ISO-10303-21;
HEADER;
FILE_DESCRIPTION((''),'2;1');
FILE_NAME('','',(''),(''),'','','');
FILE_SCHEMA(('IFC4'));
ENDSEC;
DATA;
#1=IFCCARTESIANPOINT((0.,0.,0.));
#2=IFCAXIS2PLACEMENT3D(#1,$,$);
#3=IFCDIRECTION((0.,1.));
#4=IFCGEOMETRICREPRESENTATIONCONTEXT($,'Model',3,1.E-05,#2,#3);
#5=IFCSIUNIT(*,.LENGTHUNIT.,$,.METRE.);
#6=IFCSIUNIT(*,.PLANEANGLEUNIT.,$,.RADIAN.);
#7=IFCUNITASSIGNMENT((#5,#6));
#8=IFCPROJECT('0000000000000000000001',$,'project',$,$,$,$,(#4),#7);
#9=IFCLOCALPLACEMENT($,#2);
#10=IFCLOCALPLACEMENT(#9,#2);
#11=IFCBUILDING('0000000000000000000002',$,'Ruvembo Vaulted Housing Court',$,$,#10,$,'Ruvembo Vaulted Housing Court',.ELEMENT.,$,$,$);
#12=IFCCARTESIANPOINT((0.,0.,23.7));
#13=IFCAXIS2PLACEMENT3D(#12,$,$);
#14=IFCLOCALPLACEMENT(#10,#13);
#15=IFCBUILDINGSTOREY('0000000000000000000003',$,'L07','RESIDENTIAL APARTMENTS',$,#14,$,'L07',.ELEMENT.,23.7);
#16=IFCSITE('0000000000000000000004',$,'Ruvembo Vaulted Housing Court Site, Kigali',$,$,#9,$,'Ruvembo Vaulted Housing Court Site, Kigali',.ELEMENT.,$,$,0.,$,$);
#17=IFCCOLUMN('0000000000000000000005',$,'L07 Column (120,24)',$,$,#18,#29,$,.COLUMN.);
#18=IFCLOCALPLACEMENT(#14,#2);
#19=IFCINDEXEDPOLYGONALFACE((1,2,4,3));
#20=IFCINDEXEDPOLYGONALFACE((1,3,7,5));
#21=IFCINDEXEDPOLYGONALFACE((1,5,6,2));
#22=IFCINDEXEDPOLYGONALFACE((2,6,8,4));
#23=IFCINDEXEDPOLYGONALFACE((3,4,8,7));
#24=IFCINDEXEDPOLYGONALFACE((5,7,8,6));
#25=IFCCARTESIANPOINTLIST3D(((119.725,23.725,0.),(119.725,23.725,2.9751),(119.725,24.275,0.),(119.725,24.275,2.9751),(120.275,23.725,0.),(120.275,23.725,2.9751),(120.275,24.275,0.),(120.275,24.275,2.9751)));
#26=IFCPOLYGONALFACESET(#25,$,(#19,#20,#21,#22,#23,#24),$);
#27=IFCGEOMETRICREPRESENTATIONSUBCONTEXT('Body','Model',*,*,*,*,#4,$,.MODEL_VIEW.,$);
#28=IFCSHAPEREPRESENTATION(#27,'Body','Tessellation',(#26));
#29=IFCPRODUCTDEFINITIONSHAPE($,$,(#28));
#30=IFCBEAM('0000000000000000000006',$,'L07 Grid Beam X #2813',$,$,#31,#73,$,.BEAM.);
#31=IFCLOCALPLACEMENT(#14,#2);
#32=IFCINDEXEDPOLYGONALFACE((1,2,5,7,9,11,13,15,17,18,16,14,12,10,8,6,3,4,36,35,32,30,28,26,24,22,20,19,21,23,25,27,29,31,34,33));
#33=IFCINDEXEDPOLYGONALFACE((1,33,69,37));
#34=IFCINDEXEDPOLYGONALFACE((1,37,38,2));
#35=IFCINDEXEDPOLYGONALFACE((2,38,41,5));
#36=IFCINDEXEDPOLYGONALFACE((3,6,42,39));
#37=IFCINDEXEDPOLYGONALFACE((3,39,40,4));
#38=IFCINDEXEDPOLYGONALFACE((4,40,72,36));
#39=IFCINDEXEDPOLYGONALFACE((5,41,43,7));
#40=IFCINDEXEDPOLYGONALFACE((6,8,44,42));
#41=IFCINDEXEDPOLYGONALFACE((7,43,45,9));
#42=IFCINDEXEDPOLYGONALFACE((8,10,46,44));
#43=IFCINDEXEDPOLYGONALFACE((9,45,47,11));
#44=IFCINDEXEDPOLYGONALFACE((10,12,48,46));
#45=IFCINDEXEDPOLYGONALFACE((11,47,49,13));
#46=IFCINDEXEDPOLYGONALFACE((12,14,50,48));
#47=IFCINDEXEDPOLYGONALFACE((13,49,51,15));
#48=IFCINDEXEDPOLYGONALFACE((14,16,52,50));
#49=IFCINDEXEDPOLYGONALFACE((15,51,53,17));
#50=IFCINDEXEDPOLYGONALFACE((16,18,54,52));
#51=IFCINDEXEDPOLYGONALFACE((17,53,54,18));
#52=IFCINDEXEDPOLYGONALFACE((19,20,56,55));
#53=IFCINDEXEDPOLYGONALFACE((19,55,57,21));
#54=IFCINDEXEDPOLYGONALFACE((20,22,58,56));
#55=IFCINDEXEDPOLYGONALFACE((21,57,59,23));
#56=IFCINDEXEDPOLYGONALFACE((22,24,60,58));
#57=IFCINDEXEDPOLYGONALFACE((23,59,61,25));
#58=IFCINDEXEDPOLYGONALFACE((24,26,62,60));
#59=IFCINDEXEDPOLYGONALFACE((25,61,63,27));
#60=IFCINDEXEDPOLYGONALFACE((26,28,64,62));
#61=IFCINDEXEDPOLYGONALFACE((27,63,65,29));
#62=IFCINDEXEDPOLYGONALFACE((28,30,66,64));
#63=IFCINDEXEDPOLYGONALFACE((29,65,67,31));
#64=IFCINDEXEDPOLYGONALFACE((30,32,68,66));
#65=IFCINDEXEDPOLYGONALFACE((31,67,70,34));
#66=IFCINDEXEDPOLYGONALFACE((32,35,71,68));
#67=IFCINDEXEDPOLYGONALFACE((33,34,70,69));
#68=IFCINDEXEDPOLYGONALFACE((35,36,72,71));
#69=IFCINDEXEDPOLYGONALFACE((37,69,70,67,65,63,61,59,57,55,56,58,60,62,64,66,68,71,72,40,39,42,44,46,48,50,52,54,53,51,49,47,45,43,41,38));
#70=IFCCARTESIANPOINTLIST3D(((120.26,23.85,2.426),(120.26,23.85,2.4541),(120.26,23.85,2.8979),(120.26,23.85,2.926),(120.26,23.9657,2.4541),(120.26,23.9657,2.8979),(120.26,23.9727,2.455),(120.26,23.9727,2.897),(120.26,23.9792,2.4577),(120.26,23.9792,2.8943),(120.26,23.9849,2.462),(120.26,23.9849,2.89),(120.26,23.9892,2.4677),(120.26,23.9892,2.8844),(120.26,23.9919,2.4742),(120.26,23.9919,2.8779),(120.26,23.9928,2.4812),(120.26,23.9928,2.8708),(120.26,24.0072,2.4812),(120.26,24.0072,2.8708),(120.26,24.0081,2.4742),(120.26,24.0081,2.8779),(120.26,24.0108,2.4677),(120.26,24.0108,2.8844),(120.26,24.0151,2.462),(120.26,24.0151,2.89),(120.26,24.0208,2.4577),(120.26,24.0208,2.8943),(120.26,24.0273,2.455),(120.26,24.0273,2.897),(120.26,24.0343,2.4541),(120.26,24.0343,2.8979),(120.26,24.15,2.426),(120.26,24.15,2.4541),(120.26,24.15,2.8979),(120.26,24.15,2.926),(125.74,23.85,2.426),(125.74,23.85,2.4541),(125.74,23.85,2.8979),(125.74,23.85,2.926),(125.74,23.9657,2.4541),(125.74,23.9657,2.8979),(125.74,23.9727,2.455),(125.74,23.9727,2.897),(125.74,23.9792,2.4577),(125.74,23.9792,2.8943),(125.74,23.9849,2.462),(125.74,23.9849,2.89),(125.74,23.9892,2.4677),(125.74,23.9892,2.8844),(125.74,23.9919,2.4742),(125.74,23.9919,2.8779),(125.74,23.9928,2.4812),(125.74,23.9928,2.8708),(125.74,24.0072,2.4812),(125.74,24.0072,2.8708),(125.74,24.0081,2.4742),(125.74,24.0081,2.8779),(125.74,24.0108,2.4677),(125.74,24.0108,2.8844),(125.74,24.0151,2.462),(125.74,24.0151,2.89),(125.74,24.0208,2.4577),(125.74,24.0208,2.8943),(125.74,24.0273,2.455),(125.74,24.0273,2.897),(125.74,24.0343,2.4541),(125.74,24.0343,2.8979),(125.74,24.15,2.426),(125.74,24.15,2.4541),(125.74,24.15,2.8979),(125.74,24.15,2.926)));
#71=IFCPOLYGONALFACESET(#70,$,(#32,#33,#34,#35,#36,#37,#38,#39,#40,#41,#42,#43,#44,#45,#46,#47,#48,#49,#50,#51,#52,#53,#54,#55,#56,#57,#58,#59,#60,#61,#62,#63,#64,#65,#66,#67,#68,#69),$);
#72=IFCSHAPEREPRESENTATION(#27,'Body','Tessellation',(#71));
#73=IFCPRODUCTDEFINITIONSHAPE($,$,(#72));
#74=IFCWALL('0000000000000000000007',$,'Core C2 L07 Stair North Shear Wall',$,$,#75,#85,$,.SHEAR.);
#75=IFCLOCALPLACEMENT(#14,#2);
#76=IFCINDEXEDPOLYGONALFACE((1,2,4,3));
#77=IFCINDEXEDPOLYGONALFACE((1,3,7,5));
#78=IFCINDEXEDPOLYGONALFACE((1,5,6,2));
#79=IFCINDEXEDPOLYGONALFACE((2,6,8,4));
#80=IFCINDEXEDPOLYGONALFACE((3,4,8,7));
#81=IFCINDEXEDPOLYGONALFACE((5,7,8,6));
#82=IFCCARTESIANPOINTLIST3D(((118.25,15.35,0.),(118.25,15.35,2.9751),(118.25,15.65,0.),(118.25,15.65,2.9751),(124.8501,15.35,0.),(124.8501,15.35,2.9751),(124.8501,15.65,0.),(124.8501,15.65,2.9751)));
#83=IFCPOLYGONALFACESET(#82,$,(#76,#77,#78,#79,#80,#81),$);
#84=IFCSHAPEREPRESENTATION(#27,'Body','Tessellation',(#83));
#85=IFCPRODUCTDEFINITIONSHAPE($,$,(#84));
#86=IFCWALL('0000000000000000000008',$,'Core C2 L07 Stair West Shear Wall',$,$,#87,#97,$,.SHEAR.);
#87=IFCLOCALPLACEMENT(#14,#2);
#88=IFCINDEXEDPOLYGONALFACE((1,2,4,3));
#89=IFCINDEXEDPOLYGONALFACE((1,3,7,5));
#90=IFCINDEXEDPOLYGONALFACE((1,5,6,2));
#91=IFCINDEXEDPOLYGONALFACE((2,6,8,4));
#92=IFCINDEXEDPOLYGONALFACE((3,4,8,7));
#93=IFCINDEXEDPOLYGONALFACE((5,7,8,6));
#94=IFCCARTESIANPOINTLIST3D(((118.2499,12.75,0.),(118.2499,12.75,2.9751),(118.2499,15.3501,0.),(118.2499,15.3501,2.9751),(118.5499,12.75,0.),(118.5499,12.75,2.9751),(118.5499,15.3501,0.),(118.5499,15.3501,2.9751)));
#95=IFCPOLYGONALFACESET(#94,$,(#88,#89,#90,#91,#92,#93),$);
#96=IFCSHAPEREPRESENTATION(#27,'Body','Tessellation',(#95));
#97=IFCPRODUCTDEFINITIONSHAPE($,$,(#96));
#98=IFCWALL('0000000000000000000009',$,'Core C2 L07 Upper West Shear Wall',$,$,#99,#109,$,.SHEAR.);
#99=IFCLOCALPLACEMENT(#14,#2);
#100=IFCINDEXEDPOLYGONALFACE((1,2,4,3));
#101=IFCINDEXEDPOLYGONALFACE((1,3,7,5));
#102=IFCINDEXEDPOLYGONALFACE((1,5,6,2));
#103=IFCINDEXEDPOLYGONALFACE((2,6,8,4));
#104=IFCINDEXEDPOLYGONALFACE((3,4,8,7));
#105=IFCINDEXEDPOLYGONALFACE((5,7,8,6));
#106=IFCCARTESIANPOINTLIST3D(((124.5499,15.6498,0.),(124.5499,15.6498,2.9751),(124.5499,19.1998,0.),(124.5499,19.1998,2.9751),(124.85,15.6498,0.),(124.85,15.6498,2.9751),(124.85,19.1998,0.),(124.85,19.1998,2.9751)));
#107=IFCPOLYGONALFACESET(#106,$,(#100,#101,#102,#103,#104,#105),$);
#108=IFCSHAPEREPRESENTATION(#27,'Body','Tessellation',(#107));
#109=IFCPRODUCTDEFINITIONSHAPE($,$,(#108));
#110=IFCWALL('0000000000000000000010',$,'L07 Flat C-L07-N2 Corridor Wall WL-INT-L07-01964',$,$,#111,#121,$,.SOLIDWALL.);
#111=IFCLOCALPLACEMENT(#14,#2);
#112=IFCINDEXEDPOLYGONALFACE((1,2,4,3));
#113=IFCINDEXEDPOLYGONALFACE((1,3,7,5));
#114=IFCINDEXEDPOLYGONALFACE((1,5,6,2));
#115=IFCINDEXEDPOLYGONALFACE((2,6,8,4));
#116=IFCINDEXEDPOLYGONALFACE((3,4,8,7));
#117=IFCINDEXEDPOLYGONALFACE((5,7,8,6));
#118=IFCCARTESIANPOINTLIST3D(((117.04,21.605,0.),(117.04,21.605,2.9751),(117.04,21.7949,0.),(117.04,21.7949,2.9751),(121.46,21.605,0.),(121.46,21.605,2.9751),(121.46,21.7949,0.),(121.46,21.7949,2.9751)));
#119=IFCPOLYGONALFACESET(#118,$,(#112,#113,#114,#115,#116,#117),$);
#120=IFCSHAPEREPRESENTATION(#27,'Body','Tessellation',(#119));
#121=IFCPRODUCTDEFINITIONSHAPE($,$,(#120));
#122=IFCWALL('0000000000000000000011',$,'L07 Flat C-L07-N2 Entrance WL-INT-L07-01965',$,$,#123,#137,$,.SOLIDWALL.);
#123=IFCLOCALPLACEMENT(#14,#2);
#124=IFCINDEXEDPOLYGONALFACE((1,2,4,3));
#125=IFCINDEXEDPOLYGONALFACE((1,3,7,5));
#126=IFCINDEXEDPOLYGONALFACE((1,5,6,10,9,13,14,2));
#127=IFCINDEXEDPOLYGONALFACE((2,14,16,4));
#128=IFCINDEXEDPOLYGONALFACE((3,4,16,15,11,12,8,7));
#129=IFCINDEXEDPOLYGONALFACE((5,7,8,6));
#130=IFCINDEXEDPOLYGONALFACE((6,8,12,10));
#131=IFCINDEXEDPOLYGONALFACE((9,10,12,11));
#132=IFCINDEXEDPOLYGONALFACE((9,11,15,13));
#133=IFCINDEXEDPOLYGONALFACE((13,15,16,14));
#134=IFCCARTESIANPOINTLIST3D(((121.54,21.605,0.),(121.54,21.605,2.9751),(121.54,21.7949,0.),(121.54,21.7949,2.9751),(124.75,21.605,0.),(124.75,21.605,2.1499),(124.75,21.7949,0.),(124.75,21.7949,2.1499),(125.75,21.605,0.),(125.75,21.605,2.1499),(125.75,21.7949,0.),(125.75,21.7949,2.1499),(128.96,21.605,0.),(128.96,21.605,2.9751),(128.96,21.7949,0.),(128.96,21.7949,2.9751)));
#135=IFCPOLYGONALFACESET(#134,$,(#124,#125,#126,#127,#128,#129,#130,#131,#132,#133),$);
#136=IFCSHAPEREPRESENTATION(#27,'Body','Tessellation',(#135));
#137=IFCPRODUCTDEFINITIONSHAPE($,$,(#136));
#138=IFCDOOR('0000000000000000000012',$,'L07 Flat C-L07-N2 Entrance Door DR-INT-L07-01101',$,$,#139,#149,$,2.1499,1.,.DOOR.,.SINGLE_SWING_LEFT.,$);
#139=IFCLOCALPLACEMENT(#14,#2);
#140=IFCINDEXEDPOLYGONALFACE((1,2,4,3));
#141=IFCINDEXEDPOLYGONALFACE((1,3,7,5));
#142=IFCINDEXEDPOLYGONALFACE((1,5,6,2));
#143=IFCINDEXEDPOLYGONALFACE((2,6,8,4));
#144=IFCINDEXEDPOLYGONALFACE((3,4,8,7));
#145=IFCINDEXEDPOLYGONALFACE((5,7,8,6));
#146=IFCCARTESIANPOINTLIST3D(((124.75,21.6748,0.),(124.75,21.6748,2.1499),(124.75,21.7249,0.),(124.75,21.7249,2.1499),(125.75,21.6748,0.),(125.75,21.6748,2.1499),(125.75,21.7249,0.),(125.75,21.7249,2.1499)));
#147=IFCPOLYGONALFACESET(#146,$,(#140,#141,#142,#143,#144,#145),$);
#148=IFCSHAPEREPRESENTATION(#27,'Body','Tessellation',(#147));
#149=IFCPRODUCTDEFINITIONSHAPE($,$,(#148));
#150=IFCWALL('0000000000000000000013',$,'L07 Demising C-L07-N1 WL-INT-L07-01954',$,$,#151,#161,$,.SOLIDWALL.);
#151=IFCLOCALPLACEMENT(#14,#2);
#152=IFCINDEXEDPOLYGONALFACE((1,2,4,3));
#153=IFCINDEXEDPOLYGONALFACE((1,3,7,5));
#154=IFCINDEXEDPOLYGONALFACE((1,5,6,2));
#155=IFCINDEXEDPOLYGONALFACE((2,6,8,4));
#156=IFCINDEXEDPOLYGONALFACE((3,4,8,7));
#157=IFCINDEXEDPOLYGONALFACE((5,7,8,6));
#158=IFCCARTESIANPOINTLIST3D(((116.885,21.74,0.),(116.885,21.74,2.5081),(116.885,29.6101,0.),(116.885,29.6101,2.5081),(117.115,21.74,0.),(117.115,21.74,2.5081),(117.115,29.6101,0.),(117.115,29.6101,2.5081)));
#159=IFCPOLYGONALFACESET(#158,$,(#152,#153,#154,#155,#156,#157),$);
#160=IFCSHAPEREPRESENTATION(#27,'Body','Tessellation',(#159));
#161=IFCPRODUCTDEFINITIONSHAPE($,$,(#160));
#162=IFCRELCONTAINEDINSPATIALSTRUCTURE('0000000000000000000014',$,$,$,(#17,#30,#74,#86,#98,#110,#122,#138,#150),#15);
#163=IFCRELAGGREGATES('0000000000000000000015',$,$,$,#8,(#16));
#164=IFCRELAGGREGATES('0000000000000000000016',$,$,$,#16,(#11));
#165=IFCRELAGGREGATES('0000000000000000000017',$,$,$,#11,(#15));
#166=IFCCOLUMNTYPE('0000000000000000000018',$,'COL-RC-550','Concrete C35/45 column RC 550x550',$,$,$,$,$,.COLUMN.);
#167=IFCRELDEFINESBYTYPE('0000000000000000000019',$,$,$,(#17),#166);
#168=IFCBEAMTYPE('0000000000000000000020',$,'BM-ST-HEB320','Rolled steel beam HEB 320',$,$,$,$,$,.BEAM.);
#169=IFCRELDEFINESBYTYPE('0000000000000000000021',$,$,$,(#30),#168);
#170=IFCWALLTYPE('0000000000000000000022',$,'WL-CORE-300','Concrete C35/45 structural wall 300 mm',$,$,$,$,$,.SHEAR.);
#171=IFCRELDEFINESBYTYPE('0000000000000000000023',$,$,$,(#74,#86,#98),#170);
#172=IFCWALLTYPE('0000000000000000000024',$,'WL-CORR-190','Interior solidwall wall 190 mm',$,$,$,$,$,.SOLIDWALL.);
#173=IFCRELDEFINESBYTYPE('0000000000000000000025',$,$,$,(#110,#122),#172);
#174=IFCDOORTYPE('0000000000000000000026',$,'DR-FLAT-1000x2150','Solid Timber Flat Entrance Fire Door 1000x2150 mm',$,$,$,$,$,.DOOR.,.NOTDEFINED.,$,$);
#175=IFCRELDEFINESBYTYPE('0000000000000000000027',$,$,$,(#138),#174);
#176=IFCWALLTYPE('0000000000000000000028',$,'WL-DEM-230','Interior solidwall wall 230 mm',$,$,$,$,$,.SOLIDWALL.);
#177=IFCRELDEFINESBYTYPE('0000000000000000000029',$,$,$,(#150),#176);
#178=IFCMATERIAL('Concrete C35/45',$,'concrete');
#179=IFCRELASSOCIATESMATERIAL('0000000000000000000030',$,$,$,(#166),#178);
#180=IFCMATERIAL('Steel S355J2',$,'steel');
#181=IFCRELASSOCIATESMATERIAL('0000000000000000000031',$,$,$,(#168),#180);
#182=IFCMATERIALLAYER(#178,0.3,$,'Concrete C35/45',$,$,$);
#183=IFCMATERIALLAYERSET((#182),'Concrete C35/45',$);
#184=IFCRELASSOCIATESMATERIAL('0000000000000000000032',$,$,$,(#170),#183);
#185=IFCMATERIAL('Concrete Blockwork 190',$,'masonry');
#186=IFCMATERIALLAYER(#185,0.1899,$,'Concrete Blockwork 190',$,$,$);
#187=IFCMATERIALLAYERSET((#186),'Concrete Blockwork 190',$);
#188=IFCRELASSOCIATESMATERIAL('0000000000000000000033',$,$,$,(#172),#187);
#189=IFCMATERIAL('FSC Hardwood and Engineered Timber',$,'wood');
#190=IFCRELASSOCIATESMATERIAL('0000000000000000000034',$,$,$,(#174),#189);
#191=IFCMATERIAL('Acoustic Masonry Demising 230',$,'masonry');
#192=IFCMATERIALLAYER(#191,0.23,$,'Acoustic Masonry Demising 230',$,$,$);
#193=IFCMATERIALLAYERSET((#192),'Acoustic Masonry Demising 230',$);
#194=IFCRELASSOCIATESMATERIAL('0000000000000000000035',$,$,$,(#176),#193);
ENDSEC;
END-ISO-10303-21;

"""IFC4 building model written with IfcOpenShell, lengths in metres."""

from ifc_helpers import new_model, si_unit, direction, frame, frame_2d, origin, origin_2d, place, context, subcontext, project, spatial, rectangle, i_section, extrude, material, layer, layer_set, material_profile, profile_set, type_object, element, fill, save


model = new_model("IFC4")

# Units and contexts
model_context = context("Model", 3, precision=1e-05, world=origin(), true_north=direction((0.0, 1.0)))
body_context = subcontext(model_context, "Body", "Model", "MODEL_VIEW")
ifc_project = project(units=[si_unit("LENGTHUNIT", "METRE"), si_unit("PLANEANGLEUNIT", "RADIAN")], contexts=[model_context])

# Site, building, storey
site_placement = place(None, origin())
site = spatial("IfcSite", under=ifc_project, at=site_placement, Name="Ruvembo Vaulted Housing Court Site, Kigali", LongName="Ruvembo Vaulted Housing Court Site, Kigali", CompositionType="ELEMENT", RefElevation=0.0)
building_placement = place(site_placement, origin())
building = spatial("IfcBuilding", under=site, at=building_placement, Name="Ruvembo Vaulted Housing Court", LongName="Ruvembo Vaulted Housing Court", CompositionType="ELEMENT")
storey_placement = place(building_placement, frame((0.0, 0.0, 23.7)))
storey = spatial("IfcBuildingStorey", under=building, at=storey_placement, Name="L07", Description="RESIDENTIAL APARTMENTS", LongName="L07", CompositionType="ELEMENT", Elevation=23.7)

# Column
ifc_material_1 = material(Name="Concrete C35/45", Category="concrete")
ifc_material_profile_1 = material_profile(ifc_material_1, rectangle(XDim=0.55, YDim=0.55, at=origin_2d()), Name="RC 550x550")
ifc_profile_set_1 = profile_set([ifc_material_profile_1], Name="Concrete C35/45")
column_type = type_object("IfcColumnType", Name="COL-RC-550", Description="Concrete C35/45 column RC 550x550", PredefinedType="COLUMN", material=ifc_profile_set_1)
column_placement = place(storey_placement, frame((120.0, 24.0, 0.0), z_axis=(0.0, 0.0, 1.0), x_axis=(1.0, 0.0, 0.0)))
element("IfcColumn", 1, at=column_placement, inside=storey, type_object=column_type, Name="L07 Column (120,24)", PredefinedType="COLUMN", context=body_context, shape_type="SweptSolid", body=[
    extrude(rectangle(XDim=0.55, YDim=0.55, at=origin_2d()), origin(), (0.0, 0.0, 1.0), 2.9751),
])

# Beam
ifc_material_2 = material(Name="Steel S355J2", Category="steel")
ifc_material_profile_2 = material_profile(ifc_material_2, i_section(OverallWidth=0.3, OverallDepth=0.5, WebThickness=0.0144, FlangeThickness=0.0281, FilletRadius=0.0271, at=origin_2d()), Name="HEB 320")
ifc_profile_set_2 = profile_set([ifc_material_profile_2], Name="Steel S355J2")
beam_type = type_object("IfcBeamType", Name="BM-ST-HEB320", Description="Rolled steel beam HEB 320", PredefinedType="BEAM", material=ifc_profile_set_2)
beam_placement = place(storey_placement, frame((120.26, 24.0, 2.676), z_axis=(1.0, 0.0, 0.0), x_axis=(0.0, 1.0, 0.0)))
element("IfcBeam", 2, at=beam_placement, inside=storey, type_object=beam_type, Name="L07 Grid Beam X #2813", PredefinedType="BEAM", context=body_context, shape_type="SweptSolid", body=[
    extrude(i_section(OverallWidth=0.3, OverallDepth=0.5, WebThickness=0.0144, FlangeThickness=0.0281, FilletRadius=0.0271, at=origin_2d()), origin(), (0.0, 0.0, 1.0), 5.48),
])

# Walls
ifc_layer_1 = layer(ifc_material_1, 0.3, Name="Concrete C35/45")
ifc_layer_set_1 = layer_set([ifc_layer_1], Name="Concrete C35/45")
wall_type_1 = type_object("IfcWallType", Name="WL-CORE-300", Description="Concrete C35/45 structural wall 300 mm", PredefinedType="SHEAR", material=ifc_layer_set_1)
wall_1_placement = place(storey_placement, frame((124.8501, 15.5, 0.0), z_axis=(0.0, 0.0, 1.0), x_axis=(-1.0, 0.0, 0.0)))
element("IfcWall", 3, at=wall_1_placement, inside=storey, type_object=wall_type_1, Name="Core C2 L07 Stair North Shear Wall", PredefinedType="SHEAR", context=body_context, shape_type="SweptSolid", body=[
    extrude(rectangle(XDim=6.6001, YDim=0.3, at=frame_2d((3.3, 0.0))), origin(), (0.0, 0.0, 1.0), 2.9751),
])
wall_2_placement = place(storey_placement, frame((118.3999, 15.3501, 0.0), z_axis=(0.0, 0.0, 1.0), x_axis=(0.0, -1.0, 0.0)))
element("IfcWall", 4, at=wall_2_placement, inside=storey, type_object=wall_type_1, Name="Core C2 L07 Stair West Shear Wall", PredefinedType="SHEAR", context=body_context, shape_type="SweptSolid", body=[
    extrude(rectangle(XDim=2.6001, YDim=0.3, at=frame_2d((1.3, 0.0))), origin(), (0.0, 0.0, 1.0), 2.9751),
])
wall_3_placement = place(storey_placement, frame((124.7, 15.6499, 0.0), z_axis=(0.0, 0.0, 1.0), x_axis=(0.0, 1.0, 0.0)))
element("IfcWall", 5, at=wall_3_placement, inside=storey, type_object=wall_type_1, Name="Core C2 L07 Upper West Shear Wall", PredefinedType="SHEAR", context=body_context, shape_type="SweptSolid", body=[
    extrude(rectangle(XDim=3.55, YDim=0.3, at=frame_2d((1.7749, 0.0))), origin(), (0.0, 0.0, 1.0), 2.9751),
])
ifc_material_3 = material(Name="Concrete Blockwork 190", Category="masonry")
ifc_layer_2 = layer(ifc_material_3, 0.1899, Name="Concrete Blockwork 190")
ifc_layer_set_2 = layer_set([ifc_layer_2], Name="Concrete Blockwork 190")
wall_type_2 = type_object("IfcWallType", Name="WL-CORR-190", Description="Interior solidwall wall 190 mm", PredefinedType="SOLIDWALL", material=ifc_layer_set_2)
wall_4_placement = place(storey_placement, frame((117.04, 21.7, 0.0), z_axis=(0.0, 0.0, 1.0), x_axis=(1.0, 0.0, 0.0)))
element("IfcWall", 6, at=wall_4_placement, inside=storey, type_object=wall_type_2, Name="L07 Flat C-L07-N2 Corridor Wall WL-INT-L07-01964", PredefinedType="SOLIDWALL", context=body_context, shape_type="SweptSolid", body=[
    extrude(rectangle(XDim=4.4199, YDim=0.1899, at=frame_2d((2.21, 0.0))), origin(), (0.0, 0.0, 1.0), 2.9751),
])

# Wall, opening, door
wall_5_placement = place(storey_placement, frame((121.54, 21.7, 0.0), z_axis=(0.0, 0.0, 1.0), x_axis=(1.0, 0.0, 0.0)))
wall_5 = element("IfcWall", 7, at=wall_5_placement, inside=storey, type_object=wall_type_2, Name="L07 Flat C-L07-N2 Entrance WL-INT-L07-01965", PredefinedType="SOLIDWALL", context=body_context, shape_type="SweptSolid", body=[
    extrude(rectangle(XDim=7.4199, YDim=0.1899, at=frame_2d((3.71, 0.0))), origin(), (0.0, 0.0, 1.0), 2.9751),
])
opening_1_placement = place(wall_5_placement, frame((3.21, 0.0, 0.0)))
opening_1 = element("IfcOpeningElement", 8, at=opening_1_placement, cuts=wall_5, PredefinedType="OPENING", context=body_context, shape_type="SweptSolid", body=[
    extrude(rectangle(XDim=1.0, YDim=2.1499, at=frame_2d((0.5, 1.075))), frame((0.0, 0.105, 0.0), z_axis=(0.0, -1.0, 0.0), x_axis=(1.0, 0.0, 0.0)), (0.0, 0.0, 1.0), 0.21),
])
ifc_material_4 = material(Name="FSC Hardwood and Engineered Timber", Category="wood")
door_type_1 = type_object("IfcDoorType", Name="DR-FLAT-1000x2150", Description="Solid Timber Flat Entrance Fire Door 1000x2150 mm", OperationType="NOTDEFINED", PredefinedType="DOOR", material=ifc_material_4)
door_1_placement = place(opening_1_placement, origin())
door_1 = element("IfcDoor", 9, at=door_1_placement, inside=storey, type_object=door_type_1, Name="L07 Flat C-L07-N2 Entrance Door DR-INT-L07-01101", OperationType="SINGLE_SWING_LEFT", OverallHeight=2.1499, OverallWidth=1.0, PredefinedType="DOOR", context=body_context, shape_type="SweptSolid", body=[
    extrude(rectangle(XDim=1.0, YDim=2.1499, at=frame_2d((0.5, 1.075))), frame((0.0, 0.0249, 0.0), z_axis=(0.0, -1.0, 0.0), x_axis=(1.0, 0.0, 0.0)), (0.0, 0.0, 1.0), 0.05),
])
fill(opening_1, door_1)

# Wall
ifc_material_5 = material(Name="Acoustic Masonry Demising 230", Category="masonry")
ifc_layer_3 = layer(ifc_material_5, 0.23, Name="Acoustic Masonry Demising 230")
ifc_layer_set_3 = layer_set([ifc_layer_3], Name="Acoustic Masonry Demising 230")
wall_type_3 = type_object("IfcWallType", Name="WL-DEM-230", Description="Interior solidwall wall 230 mm", PredefinedType="SOLIDWALL", material=ifc_layer_set_3)
wall_6_placement = place(storey_placement, frame((117.0, 21.74, 0.0), z_axis=(0.0, 0.0, 1.0), x_axis=(0.0, 1.0, 0.0)))
element("IfcWall", 10, at=wall_6_placement, inside=storey, type_object=wall_type_3, Name="L07 Demising C-L07-N1 WL-INT-L07-01954", PredefinedType="SOLIDWALL", context=body_context, shape_type="SweptSolid", body=[
    extrude(rectangle(XDim=7.8701, YDim=0.23, at=frame_2d((3.9351, 0.0))), origin(), (0.0, 0.0, 1.0), 2.5081),
])

save(model, "model.ifc")
